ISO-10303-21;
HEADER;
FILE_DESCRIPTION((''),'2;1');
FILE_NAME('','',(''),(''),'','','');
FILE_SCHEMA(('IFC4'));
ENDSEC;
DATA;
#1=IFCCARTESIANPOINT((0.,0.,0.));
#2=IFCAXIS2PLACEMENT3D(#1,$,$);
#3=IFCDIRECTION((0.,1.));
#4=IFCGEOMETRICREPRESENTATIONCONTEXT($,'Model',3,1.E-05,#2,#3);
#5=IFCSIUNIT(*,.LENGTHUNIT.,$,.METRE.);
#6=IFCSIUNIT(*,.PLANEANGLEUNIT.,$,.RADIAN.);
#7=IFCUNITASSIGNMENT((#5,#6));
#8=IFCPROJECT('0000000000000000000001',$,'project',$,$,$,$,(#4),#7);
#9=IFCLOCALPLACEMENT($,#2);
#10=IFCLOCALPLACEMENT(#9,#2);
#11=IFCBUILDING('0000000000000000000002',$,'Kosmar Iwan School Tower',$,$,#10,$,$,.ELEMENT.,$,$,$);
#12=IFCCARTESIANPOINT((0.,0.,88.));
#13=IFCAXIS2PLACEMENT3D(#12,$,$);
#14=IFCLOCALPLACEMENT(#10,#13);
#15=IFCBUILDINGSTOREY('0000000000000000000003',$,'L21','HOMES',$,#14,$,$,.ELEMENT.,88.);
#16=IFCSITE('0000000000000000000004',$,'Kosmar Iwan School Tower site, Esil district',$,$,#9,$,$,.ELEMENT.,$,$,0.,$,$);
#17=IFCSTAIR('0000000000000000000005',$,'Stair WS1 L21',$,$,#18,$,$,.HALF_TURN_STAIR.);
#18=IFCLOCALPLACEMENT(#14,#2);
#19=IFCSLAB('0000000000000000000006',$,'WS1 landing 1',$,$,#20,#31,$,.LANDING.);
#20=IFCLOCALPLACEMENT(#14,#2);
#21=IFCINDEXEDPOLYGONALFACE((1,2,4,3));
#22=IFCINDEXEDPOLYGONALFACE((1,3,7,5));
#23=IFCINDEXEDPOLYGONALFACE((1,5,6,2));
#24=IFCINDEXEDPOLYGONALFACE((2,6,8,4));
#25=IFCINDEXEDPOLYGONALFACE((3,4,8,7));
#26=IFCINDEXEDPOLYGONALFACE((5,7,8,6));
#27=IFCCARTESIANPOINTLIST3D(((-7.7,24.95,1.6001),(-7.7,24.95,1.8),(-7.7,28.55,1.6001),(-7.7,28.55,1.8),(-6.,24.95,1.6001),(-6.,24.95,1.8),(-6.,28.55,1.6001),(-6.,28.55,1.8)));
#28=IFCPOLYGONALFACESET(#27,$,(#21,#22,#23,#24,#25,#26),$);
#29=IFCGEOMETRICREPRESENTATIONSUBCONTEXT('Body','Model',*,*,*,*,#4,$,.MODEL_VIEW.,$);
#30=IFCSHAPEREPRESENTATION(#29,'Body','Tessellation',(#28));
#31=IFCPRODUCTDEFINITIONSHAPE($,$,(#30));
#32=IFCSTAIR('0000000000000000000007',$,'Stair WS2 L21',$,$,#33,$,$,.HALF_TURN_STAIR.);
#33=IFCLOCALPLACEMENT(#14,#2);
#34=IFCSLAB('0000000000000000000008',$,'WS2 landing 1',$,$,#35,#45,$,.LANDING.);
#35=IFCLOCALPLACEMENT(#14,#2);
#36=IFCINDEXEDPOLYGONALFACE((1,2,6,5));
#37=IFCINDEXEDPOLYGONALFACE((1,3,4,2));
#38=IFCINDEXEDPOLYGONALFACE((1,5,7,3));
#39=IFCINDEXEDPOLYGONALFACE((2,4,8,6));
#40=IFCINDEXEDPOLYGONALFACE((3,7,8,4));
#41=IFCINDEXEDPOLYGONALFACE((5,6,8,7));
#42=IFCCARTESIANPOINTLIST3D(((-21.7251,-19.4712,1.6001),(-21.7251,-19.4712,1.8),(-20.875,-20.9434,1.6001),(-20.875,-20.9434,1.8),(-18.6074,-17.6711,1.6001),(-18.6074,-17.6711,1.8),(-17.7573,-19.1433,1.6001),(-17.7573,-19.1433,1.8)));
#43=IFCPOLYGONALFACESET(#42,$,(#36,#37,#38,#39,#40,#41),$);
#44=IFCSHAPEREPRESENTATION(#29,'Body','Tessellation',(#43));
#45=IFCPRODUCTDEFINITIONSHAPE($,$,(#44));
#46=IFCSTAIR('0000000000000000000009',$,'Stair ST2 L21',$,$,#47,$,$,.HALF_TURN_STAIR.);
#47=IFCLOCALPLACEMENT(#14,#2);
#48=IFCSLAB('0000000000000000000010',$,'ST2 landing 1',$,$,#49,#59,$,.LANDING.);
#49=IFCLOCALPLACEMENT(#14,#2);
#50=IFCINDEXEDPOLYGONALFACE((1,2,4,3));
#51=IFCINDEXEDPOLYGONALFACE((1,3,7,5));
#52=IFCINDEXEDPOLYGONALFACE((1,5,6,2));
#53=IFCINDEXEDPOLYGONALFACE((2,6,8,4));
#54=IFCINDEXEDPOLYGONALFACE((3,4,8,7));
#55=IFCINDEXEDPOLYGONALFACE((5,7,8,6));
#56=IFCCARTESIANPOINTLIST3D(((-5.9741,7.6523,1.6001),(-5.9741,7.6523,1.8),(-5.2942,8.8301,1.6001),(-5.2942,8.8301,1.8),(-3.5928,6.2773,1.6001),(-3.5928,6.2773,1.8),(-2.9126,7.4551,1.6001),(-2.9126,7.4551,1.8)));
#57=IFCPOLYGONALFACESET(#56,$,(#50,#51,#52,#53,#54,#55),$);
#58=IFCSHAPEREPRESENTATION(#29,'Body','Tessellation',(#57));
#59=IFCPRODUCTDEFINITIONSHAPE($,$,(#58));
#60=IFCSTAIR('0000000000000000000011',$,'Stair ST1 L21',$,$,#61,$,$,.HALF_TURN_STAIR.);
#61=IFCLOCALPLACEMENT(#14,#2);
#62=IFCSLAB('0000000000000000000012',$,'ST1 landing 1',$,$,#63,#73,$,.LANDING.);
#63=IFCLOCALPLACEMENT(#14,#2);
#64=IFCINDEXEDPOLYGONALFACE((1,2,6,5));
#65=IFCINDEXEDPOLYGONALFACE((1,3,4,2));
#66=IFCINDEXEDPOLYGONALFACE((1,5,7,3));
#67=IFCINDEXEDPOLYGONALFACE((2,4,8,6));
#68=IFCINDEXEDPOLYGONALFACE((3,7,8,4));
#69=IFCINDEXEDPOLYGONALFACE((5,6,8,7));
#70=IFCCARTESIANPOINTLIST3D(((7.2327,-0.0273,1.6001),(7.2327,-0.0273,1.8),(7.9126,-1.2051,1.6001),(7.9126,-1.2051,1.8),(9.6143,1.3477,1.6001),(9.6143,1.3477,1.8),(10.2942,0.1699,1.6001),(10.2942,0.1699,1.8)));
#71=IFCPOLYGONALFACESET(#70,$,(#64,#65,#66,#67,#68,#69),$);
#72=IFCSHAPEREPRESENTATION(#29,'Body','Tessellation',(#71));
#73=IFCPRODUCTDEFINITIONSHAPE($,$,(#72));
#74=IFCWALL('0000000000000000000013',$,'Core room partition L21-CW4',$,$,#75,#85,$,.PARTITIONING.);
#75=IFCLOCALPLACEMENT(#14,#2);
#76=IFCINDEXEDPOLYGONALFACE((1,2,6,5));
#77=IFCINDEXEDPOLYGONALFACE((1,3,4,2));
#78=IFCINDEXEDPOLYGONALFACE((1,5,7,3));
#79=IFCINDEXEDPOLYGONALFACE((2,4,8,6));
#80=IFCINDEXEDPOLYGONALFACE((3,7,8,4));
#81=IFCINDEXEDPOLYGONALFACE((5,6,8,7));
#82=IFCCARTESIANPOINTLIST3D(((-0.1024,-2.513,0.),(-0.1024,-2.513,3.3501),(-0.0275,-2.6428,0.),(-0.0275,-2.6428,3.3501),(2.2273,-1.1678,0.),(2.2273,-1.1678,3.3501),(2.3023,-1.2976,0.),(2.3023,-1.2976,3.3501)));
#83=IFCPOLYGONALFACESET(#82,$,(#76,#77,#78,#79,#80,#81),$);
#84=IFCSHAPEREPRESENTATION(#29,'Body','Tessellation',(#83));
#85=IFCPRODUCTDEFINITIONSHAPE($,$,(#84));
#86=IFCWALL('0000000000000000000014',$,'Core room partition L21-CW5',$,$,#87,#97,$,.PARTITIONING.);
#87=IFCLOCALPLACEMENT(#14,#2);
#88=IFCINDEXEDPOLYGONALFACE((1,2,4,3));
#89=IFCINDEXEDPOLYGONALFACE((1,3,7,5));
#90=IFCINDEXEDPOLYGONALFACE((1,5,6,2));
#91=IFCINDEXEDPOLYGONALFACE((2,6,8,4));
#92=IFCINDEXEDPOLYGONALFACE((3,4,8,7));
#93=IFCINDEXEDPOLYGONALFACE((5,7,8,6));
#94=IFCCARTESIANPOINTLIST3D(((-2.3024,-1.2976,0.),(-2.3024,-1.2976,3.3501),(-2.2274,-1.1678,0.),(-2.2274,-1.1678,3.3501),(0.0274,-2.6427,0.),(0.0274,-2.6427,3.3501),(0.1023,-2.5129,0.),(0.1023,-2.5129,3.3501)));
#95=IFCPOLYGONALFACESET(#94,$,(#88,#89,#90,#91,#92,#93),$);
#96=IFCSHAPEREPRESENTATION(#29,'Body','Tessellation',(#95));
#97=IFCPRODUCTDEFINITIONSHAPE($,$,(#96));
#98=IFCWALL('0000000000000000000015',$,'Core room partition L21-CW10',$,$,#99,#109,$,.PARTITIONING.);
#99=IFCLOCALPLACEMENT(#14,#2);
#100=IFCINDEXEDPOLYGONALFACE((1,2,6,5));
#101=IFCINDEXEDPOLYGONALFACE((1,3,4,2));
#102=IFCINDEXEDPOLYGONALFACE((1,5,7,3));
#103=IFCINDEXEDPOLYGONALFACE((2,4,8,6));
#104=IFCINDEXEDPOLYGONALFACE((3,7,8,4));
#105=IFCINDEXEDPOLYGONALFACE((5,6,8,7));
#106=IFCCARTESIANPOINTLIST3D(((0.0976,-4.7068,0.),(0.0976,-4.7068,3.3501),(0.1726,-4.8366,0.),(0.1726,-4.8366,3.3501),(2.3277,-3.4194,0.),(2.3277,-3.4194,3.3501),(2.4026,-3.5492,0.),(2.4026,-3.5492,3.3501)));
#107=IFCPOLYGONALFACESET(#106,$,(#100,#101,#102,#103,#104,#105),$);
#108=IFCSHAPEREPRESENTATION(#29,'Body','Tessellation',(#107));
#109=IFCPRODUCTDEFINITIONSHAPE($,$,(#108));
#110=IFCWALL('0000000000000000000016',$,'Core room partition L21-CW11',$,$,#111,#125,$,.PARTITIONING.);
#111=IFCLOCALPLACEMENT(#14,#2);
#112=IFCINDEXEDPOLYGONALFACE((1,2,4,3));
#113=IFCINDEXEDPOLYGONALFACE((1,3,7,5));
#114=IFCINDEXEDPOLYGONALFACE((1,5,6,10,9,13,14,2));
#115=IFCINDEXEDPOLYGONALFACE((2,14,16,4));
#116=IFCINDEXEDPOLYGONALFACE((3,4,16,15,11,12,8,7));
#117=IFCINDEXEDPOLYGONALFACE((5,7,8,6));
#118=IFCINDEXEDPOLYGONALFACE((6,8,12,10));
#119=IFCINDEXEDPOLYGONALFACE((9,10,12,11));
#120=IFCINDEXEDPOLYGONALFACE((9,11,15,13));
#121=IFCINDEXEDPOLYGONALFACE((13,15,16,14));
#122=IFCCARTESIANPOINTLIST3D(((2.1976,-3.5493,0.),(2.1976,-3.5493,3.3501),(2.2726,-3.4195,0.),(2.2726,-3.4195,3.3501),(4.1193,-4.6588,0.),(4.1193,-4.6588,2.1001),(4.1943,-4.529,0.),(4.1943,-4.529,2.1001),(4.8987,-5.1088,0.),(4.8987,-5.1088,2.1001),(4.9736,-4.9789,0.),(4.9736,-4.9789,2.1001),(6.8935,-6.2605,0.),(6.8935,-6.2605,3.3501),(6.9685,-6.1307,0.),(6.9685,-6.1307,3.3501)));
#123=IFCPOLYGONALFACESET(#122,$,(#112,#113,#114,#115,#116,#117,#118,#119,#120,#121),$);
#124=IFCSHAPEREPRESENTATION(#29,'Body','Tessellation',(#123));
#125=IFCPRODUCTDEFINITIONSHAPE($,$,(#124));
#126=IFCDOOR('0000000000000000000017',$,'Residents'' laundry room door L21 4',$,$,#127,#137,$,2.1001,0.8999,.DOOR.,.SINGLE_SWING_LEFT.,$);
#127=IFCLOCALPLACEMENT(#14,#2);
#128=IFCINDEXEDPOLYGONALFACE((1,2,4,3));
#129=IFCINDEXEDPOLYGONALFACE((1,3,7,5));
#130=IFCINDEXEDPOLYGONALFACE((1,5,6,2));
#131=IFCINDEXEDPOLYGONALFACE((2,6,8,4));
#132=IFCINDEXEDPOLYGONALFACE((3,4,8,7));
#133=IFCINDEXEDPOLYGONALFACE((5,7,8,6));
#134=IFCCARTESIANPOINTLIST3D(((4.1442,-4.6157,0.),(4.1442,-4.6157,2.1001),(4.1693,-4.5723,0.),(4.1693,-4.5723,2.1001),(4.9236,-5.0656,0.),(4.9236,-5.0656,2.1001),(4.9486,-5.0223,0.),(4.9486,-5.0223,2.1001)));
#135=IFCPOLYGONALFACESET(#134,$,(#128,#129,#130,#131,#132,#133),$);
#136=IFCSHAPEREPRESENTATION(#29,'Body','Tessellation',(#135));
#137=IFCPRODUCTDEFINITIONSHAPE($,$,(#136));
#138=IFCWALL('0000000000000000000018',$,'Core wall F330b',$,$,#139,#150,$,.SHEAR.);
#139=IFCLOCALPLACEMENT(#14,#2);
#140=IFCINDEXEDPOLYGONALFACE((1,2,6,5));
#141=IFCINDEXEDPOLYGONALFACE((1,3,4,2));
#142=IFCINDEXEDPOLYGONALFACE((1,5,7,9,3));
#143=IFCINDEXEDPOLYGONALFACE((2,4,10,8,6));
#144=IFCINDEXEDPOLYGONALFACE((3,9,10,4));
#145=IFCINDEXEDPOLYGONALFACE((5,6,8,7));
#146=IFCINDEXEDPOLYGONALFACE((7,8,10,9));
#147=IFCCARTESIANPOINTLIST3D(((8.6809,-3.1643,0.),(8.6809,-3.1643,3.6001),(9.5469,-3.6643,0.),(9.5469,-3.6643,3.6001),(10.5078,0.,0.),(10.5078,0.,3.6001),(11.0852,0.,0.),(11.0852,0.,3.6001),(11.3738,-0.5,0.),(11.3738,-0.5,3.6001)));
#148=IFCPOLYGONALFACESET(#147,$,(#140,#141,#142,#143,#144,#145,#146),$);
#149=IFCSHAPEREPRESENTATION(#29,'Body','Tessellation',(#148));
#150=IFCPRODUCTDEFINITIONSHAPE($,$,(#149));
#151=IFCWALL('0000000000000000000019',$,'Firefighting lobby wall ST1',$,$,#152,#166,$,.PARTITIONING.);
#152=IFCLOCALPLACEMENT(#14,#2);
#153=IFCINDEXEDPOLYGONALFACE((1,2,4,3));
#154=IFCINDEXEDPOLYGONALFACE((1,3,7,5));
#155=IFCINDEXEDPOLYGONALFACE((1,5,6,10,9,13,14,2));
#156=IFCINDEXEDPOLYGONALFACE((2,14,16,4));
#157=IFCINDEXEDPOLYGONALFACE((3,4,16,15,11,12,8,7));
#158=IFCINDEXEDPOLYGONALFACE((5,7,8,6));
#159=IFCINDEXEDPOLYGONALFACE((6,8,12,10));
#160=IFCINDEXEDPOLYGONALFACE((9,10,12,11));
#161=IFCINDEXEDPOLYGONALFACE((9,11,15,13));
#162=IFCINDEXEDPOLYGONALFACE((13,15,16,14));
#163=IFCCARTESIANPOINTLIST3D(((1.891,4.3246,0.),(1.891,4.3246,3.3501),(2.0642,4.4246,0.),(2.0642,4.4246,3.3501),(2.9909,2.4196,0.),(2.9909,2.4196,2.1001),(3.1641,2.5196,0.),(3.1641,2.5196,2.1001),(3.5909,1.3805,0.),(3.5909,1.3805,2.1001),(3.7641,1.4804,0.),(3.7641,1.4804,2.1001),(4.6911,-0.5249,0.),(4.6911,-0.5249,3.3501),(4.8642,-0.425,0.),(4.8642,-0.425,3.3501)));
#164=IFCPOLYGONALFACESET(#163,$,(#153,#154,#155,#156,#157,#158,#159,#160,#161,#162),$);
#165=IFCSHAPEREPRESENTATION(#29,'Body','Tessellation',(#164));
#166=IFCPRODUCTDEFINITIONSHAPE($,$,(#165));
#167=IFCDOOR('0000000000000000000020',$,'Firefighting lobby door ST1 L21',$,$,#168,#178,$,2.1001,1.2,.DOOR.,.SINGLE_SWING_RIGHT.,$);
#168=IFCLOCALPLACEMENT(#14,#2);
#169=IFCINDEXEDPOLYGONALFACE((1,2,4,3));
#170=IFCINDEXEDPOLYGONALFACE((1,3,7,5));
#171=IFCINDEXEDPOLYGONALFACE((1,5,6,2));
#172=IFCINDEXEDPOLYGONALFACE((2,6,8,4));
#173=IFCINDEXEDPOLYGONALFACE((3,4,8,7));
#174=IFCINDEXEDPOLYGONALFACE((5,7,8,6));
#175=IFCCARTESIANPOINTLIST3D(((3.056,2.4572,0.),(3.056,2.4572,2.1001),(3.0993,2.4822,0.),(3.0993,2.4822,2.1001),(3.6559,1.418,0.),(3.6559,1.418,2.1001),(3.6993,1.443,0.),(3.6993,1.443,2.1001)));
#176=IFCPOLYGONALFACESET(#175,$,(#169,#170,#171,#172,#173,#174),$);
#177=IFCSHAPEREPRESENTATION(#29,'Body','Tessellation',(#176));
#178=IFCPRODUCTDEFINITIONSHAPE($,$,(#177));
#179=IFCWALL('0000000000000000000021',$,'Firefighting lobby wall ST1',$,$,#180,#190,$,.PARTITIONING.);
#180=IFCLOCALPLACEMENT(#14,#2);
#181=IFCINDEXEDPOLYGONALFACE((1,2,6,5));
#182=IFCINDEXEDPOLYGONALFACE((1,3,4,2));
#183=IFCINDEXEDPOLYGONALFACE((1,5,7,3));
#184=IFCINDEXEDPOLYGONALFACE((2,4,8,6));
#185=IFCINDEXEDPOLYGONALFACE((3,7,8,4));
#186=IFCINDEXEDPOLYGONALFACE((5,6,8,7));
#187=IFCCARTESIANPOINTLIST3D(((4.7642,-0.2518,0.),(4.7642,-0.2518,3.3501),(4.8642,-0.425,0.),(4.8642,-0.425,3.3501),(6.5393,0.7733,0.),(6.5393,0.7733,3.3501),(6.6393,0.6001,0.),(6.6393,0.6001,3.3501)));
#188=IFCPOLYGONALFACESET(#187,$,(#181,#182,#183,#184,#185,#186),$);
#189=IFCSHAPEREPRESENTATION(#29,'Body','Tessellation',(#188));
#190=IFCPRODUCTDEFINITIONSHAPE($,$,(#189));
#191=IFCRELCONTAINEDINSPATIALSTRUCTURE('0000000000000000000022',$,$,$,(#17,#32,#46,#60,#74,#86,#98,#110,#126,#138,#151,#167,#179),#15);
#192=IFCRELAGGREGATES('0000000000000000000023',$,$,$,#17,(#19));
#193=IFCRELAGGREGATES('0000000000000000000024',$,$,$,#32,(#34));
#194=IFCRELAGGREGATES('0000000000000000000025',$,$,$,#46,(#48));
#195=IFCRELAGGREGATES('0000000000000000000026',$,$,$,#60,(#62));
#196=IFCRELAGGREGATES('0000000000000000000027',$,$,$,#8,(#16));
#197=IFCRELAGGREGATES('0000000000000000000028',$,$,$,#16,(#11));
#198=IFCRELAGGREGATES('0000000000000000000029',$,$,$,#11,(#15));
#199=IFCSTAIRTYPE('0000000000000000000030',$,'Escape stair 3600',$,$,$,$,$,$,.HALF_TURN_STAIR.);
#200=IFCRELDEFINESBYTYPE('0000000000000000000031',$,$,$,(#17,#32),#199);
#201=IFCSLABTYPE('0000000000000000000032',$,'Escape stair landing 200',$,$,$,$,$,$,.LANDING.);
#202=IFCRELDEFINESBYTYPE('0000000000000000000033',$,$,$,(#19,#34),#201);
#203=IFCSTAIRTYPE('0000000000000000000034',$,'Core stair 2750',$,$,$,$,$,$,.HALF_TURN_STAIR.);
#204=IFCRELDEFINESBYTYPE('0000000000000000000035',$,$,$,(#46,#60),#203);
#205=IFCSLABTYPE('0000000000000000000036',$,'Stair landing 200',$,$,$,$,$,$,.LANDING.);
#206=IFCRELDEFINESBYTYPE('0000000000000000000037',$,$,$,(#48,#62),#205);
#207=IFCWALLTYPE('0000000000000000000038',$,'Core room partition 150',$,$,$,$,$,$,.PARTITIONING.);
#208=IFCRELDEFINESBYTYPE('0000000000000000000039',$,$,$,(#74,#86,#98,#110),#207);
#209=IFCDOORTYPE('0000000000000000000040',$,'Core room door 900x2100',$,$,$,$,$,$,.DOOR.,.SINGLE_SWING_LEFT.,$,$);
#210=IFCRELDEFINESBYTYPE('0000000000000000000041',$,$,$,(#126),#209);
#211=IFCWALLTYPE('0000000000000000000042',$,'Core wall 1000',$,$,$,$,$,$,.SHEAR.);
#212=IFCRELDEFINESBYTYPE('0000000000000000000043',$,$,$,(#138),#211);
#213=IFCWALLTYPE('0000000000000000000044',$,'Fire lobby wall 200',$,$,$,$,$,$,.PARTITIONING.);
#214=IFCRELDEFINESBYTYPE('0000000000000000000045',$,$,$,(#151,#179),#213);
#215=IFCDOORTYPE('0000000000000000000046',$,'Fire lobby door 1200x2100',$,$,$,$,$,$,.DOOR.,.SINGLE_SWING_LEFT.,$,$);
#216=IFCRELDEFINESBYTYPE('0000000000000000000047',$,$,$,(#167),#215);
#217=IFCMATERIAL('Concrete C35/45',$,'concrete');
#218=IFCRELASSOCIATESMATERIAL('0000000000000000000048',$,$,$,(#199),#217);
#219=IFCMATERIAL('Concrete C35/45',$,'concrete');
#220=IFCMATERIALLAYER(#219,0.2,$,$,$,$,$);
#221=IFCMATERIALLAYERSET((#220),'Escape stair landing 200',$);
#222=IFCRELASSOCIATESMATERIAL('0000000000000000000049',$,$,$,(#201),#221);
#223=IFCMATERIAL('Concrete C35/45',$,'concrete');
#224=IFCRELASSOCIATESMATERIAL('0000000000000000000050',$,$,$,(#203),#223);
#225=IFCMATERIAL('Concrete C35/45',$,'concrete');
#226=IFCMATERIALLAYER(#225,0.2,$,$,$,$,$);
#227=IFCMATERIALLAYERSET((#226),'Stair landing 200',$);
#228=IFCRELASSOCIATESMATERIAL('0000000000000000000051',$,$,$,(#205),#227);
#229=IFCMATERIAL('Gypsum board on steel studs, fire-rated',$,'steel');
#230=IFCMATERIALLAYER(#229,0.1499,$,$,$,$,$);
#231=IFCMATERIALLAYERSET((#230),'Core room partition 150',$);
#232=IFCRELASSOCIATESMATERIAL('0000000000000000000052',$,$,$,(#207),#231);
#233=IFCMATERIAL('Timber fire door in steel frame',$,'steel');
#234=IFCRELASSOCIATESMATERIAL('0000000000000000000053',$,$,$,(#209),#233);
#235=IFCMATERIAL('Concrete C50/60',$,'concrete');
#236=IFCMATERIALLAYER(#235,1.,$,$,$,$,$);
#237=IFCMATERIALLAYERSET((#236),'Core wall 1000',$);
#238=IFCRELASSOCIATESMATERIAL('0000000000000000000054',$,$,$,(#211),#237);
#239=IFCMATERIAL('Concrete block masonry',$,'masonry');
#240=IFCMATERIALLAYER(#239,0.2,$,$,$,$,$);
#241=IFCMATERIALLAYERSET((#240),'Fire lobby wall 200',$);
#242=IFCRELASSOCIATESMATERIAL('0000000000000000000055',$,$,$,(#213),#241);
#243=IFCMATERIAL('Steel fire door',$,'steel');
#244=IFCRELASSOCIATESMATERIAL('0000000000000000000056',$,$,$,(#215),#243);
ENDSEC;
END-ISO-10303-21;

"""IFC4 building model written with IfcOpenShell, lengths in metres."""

from ifc_helpers import new_model, si_unit, direction, frame, frame_2d, origin, place, context, subcontext, project, spatial, polyline, rectangle, outline, extrude, material, layer, layer_set, type_object, element, fill, aggregate, save


model = new_model("IFC4")

# Units and contexts
model_context = context("Model", 3, precision=1e-05, world=origin(), true_north=direction((0.0, 1.0)))
body_context = subcontext(model_context, "Body", "Model", "MODEL_VIEW")
ifc_project = project(units=[si_unit("LENGTHUNIT", "METRE"), si_unit("PLANEANGLEUNIT", "RADIAN")], contexts=[model_context])

# Site, building, storey
site_placement = place(None, origin())
site = spatial("IfcSite", under=ifc_project, at=site_placement, Name="Kosmar Iwan School Tower site, Esil district", CompositionType="ELEMENT", RefElevation=0.0)
building_placement = place(site_placement, origin())
building = spatial("IfcBuilding", under=site, at=building_placement, Name="Kosmar Iwan School Tower", CompositionType="ELEMENT")
storey_placement = place(building_placement, frame((0.0, 0.0, 88.0)))
storey = spatial("IfcBuildingStorey", under=building, at=storey_placement, Name="L21", Description="HOMES", CompositionType="ELEMENT", Elevation=88.0)

# Stairs, slabs
ifc_material_1 = material(Name="Concrete C35/45", Category="concrete")
stair_type_1 = type_object("IfcStairType", Name="Escape stair 3600", PredefinedType="HALF_TURN_STAIR", material=ifc_material_1)
stair_1_placement = place(storey_placement, origin())
stair_1 = element("IfcStair", 1, at=stair_1_placement, inside=storey, type_object=stair_type_1, Name="Stair WS1 L21", PredefinedType="HALF_TURN_STAIR")
ifc_material_2 = material(Name="Concrete C35/45", Category="concrete")
ifc_layer_1 = layer(ifc_material_2, 0.2)
ifc_layer_set_1 = layer_set([ifc_layer_1], Name="Escape stair landing 200")
slab_type_1 = type_object("IfcSlabType", Name="Escape stair landing 200", PredefinedType="LANDING", material=ifc_layer_set_1)
slab_1_placement = place(storey_placement, frame((0.0, 0.0, 1.6001)))
slab_1 = element("IfcSlab", 2, at=slab_1_placement, type_object=slab_type_1, Name="WS1 landing 1", PredefinedType="LANDING", context=body_context, shape_type="SweptSolid", body=[
    extrude(outline(polyline([(-6.0, 24.95), (-6.0, 28.55), (-7.7, 28.55), (-7.7, 24.95), (-6.0, 24.95)])), origin(), (0.0, 0.0, 1.0), 0.2),
])
aggregate(stair_1, [slab_1])
stair_2_placement = place(storey_placement, origin())
stair_2 = element("IfcStair", 3, at=stair_2_placement, inside=storey, type_object=stair_type_1, Name="Stair WS2 L21", PredefinedType="HALF_TURN_STAIR")
slab_2_placement = place(storey_placement, frame((0.0, 0.0, 1.6001)))
slab_2 = element("IfcSlab", 4, at=slab_2_placement, type_object=slab_type_1, Name="WS2 landing 1", PredefinedType="LANDING", context=body_context, shape_type="SweptSolid", body=[
    extrude(outline(polyline([(-18.6074, -17.6711), (-21.7251, -19.4712), (-20.875, -20.9434), (-17.7573, -19.1433), (-18.6074, -17.6711)])), origin(), (0.0, 0.0, 1.0), 0.2),
])
aggregate(stair_2, [slab_2])
ifc_material_3 = material(Name="Concrete C35/45", Category="concrete")
stair_type_2 = type_object("IfcStairType", Name="Core stair 2750", PredefinedType="HALF_TURN_STAIR", material=ifc_material_3)
stair_3_placement = place(storey_placement, origin())
stair_3 = element("IfcStair", 5, at=stair_3_placement, inside=storey, type_object=stair_type_2, Name="Stair ST2 L21", PredefinedType="HALF_TURN_STAIR")
ifc_material_4 = material(Name="Concrete C35/45", Category="concrete")
ifc_layer_2 = layer(ifc_material_4, 0.2)
ifc_layer_set_2 = layer_set([ifc_layer_2], Name="Stair landing 200")
slab_type_2 = type_object("IfcSlabType", Name="Stair landing 200", PredefinedType="LANDING", material=ifc_layer_set_2)
slab_3_placement = place(storey_placement, frame((0.0, 0.0, 1.6001)))
slab_3 = element("IfcSlab", 6, at=slab_3_placement, type_object=slab_type_2, Name="ST2 landing 1", PredefinedType="LANDING", context=body_context, shape_type="SweptSolid", body=[
    extrude(outline(polyline([(-2.9126, 7.4551), (-5.2942, 8.8301), (-5.9741, 7.6523), (-3.5928, 6.2773), (-2.9126, 7.4551)])), origin(), (0.0, 0.0, 1.0), 0.2),
])
aggregate(stair_3, [slab_3])
stair_4_placement = place(storey_placement, origin())
stair_4 = element("IfcStair", 7, at=stair_4_placement, inside=storey, type_object=stair_type_2, Name="Stair ST1 L21", PredefinedType="HALF_TURN_STAIR")
slab_4_placement = place(storey_placement, frame((0.0, 0.0, 1.6001)))
slab_4 = element("IfcSlab", 8, at=slab_4_placement, type_object=slab_type_2, Name="ST1 landing 1", PredefinedType="LANDING", context=body_context, shape_type="SweptSolid", body=[
    extrude(outline(polyline([(7.9126, -1.2051), (10.2942, 0.1699), (9.6143, 1.3477), (7.2327, -0.0273), (7.9126, -1.2051)])), origin(), (0.0, 0.0, 1.0), 0.2),
])
aggregate(stair_4, [slab_4])

# Walls
ifc_material_5 = material(Name="Gypsum board on steel studs, fire-rated", Category="steel")
ifc_layer_3 = layer(ifc_material_5, 0.1499)
ifc_layer_set_3 = layer_set([ifc_layer_3], Name="Core room partition 150")
wall_type_1 = type_object("IfcWallType", Name="Core room partition 150", PredefinedType="PARTITIONING", material=ifc_layer_set_3)
for number, where, z_axis, x_axis, name in (
    (9, (2.2649, -1.2327, 0.0), (0.0, 0.0, 1.0), (-0.866012, -0.500024, 0.0), "Core room partition L21-CW4"),
    (10, (0.0649, -2.5779, 0.0), (0.0, 0.0, 1.0), (-0.866012, 0.500024, 0.0), "Core room partition L21-CW5"),
):
    element("IfcWall", number, at=place(storey_placement, frame(where, z_axis=z_axis, x_axis=x_axis)), inside=storey, type_object=wall_type_1, Name=name, PredefinedType="PARTITIONING", context=body_context, shape_type="SweptSolid", body=[
        extrude(rectangle(XDim=2.6902, YDim=0.1499, at=frame_2d((1.3452, 0.0))), origin(), (0.0, 0.0, 1.0), 3.3501),
    ])
wall_1_placement = place(storey_placement, frame((0.135, -4.7717, 0.0), z_axis=(0.0, 0.0, 1.0), x_axis=(0.866047, 0.499963, 0.0)))
element("IfcWall", 11, at=wall_1_placement, inside=storey, type_object=wall_type_1, Name="Core room partition L21-CW10", PredefinedType="PARTITIONING", context=body_context, shape_type="SweptSolid", body=[
    extrude(rectangle(XDim=2.575, YDim=0.1499, at=frame_2d((1.2876, 0.0))), origin(), (0.0, 0.0, 1.0), 3.3501),
])

# Wall, opening, door
wall_2_placement = place(storey_placement, frame((2.2351, -3.4844, 0.0), z_axis=(0.0, 0.0, 1.0), x_axis=(0.866021, -0.500008, 0.0)))
wall_2 = element("IfcWall", 12, at=wall_2_placement, inside=storey, type_object=wall_type_1, Name="Core room partition L21-CW11", PredefinedType="PARTITIONING", context=body_context, shape_type="SweptSolid", body=[
    extrude(rectangle(XDim=5.4224, YDim=0.1499, at=frame_2d((2.7112, 0.0))), origin(), (0.0, 0.0, 1.0), 3.3501),
])
opening_1_placement = place(wall_2_placement, frame((2.219, 0.0, 0.0)))
opening_1 = element("IfcOpeningElement", 13, at=opening_1_placement, cuts=wall_2, PredefinedType="OPENING", context=body_context, shape_type="SweptSolid", body=[
    extrude(rectangle(XDim=0.8999, YDim=2.1001, at=frame_2d((0.45, 1.05))), frame((0.0, 0.0869, 0.0), z_axis=(0.0, -1.0, 0.0), x_axis=(1.0, 0.0, 0.0)), (0.0, 0.0, 1.0), 0.1738),
])
ifc_material_6 = material(Name="Timber fire door in steel frame", Category="steel")
door_type_1 = type_object("IfcDoorType", Name="Core room door 900x2100", OperationType="SINGLE_SWING_LEFT", PredefinedType="DOOR", material=ifc_material_6)
door_1_placement = place(opening_1_placement, origin())
door_1 = element("IfcDoor", 14, at=door_1_placement, inside=storey, type_object=door_type_1, Name="Residents' laundry room door L21 4", OperationType="SINGLE_SWING_LEFT", OverallHeight=2.1001, OverallWidth=0.8999, PredefinedType="DOOR", context=body_context, shape_type="SweptSolid", body=[
    extrude(rectangle(XDim=0.8999, YDim=2.1001, at=frame_2d((0.45, 1.05))), frame((0.0, 0.0249, 0.0), z_axis=(0.0, -1.0, 0.0), x_axis=(1.0, 0.0, 0.0)), (0.0, 0.0, 1.0), 0.05),
])
fill(opening_1, door_1)

# Wall
ifc_material_7 = material(Name="Concrete C50/60", Category="concrete")
ifc_layer_4 = layer(ifc_material_7, 1.0)
ifc_layer_set_4 = layer_set([ifc_layer_4], Name="Core wall 1000")
wall_type_2 = type_object("IfcWallType", Name="Core wall 1000", PredefinedType="SHEAR", material=ifc_layer_set_4)
wall_3_placement = place(storey_placement, origin())
element("IfcWall", 15, at=wall_3_placement, inside=storey, type_object=wall_type_2, Name="Core wall F330b", PredefinedType="SHEAR", context=body_context, shape_type="SweptSolid", body=[
    extrude(outline(polyline([(9.5469, -3.6643), (11.3738, -0.5), (11.0852, 0.0), (10.5078, 0.0), (8.6809, -3.1643), (9.5469, -3.6643)])), origin(), (0.0, 0.0, 1.0), 3.6001),
])

# Wall, opening, door
ifc_material_8 = material(Name="Concrete block masonry", Category="masonry")
ifc_layer_5 = layer(ifc_material_8, 0.2)
ifc_layer_set_5 = layer_set([ifc_layer_5], Name="Fire lobby wall 200")
wall_type_3 = type_object("IfcWallType", Name="Fire lobby wall 200", PredefinedType="PARTITIONING", material=ifc_layer_set_5)
wall_4_placement = place(storey_placement, frame((4.7776, -0.4749, 0.0), z_axis=(0.0, 0.0, 1.0), x_axis=(-0.500017, 0.866016, 0.0)))
wall_4 = element("IfcWall", 16, at=wall_4_placement, inside=storey, type_object=wall_type_3, Name="Firefighting lobby wall ST1", PredefinedType="PARTITIONING", context=body_context, shape_type="SweptSolid", body=[
    extrude(rectangle(XDim=5.5999, YDim=0.2, at=frame_2d((2.7998, 0.0))), origin(), (0.0, 0.0, 1.0), 3.3501),
])
opening_2_placement = place(wall_4_placement, frame((2.2, 0.0, 0.0)))
opening_2 = element("IfcOpeningElement", 17, at=opening_2_placement, cuts=wall_4, PredefinedType="OPENING", context=body_context, shape_type="SweptSolid", body=[
    extrude(rectangle(XDim=1.2, YDim=2.1001, at=frame_2d((0.6001, 1.05))), frame((0.0, 0.1121, 0.0), z_axis=(0.0, -1.0, 0.0), x_axis=(1.0, 0.0, 0.0)), (0.0, 0.0, 1.0), 0.2239),
])
ifc_material_9 = material(Name="Steel fire door", Category="steel")
door_type_2 = type_object("IfcDoorType", Name="Fire lobby door 1200x2100", OperationType="SINGLE_SWING_LEFT", PredefinedType="DOOR", material=ifc_material_9)
door_2_placement = place(opening_2_placement, origin())
door_2 = element("IfcDoor", 18, at=door_2_placement, inside=storey, type_object=door_type_2, Name="Firefighting lobby door ST1 L21", OperationType="SINGLE_SWING_RIGHT", OverallHeight=2.1001, OverallWidth=1.2, PredefinedType="DOOR", context=body_context, shape_type="SweptSolid", body=[
    extrude(rectangle(XDim=1.2, YDim=2.1001, at=frame_2d((0.6001, 1.05))), frame((0.0, 0.0249, 0.0), z_axis=(0.0, -1.0, 0.0), x_axis=(1.0, 0.0, 0.0)), (0.0, 0.0, 1.0), 0.05),
])
fill(opening_2, door_2)

# Wall
wall_5_placement = place(storey_placement, frame((4.8142, -0.3384, 0.0), z_axis=(0.0, 0.0, 1.0), x_axis=(0.865969, 0.500097, 0.0)))
element("IfcWall", 19, at=wall_5_placement, inside=storey, type_object=wall_type_3, Name="Firefighting lobby wall ST1", PredefinedType="PARTITIONING", context=body_context, shape_type="SweptSolid", body=[
    extrude(rectangle(XDim=2.0498, YDim=0.2, at=frame_2d((1.0249, 0.0))), origin(), (0.0, 0.0, 1.0), 3.3501),
])

save(model, "model.ifc")
